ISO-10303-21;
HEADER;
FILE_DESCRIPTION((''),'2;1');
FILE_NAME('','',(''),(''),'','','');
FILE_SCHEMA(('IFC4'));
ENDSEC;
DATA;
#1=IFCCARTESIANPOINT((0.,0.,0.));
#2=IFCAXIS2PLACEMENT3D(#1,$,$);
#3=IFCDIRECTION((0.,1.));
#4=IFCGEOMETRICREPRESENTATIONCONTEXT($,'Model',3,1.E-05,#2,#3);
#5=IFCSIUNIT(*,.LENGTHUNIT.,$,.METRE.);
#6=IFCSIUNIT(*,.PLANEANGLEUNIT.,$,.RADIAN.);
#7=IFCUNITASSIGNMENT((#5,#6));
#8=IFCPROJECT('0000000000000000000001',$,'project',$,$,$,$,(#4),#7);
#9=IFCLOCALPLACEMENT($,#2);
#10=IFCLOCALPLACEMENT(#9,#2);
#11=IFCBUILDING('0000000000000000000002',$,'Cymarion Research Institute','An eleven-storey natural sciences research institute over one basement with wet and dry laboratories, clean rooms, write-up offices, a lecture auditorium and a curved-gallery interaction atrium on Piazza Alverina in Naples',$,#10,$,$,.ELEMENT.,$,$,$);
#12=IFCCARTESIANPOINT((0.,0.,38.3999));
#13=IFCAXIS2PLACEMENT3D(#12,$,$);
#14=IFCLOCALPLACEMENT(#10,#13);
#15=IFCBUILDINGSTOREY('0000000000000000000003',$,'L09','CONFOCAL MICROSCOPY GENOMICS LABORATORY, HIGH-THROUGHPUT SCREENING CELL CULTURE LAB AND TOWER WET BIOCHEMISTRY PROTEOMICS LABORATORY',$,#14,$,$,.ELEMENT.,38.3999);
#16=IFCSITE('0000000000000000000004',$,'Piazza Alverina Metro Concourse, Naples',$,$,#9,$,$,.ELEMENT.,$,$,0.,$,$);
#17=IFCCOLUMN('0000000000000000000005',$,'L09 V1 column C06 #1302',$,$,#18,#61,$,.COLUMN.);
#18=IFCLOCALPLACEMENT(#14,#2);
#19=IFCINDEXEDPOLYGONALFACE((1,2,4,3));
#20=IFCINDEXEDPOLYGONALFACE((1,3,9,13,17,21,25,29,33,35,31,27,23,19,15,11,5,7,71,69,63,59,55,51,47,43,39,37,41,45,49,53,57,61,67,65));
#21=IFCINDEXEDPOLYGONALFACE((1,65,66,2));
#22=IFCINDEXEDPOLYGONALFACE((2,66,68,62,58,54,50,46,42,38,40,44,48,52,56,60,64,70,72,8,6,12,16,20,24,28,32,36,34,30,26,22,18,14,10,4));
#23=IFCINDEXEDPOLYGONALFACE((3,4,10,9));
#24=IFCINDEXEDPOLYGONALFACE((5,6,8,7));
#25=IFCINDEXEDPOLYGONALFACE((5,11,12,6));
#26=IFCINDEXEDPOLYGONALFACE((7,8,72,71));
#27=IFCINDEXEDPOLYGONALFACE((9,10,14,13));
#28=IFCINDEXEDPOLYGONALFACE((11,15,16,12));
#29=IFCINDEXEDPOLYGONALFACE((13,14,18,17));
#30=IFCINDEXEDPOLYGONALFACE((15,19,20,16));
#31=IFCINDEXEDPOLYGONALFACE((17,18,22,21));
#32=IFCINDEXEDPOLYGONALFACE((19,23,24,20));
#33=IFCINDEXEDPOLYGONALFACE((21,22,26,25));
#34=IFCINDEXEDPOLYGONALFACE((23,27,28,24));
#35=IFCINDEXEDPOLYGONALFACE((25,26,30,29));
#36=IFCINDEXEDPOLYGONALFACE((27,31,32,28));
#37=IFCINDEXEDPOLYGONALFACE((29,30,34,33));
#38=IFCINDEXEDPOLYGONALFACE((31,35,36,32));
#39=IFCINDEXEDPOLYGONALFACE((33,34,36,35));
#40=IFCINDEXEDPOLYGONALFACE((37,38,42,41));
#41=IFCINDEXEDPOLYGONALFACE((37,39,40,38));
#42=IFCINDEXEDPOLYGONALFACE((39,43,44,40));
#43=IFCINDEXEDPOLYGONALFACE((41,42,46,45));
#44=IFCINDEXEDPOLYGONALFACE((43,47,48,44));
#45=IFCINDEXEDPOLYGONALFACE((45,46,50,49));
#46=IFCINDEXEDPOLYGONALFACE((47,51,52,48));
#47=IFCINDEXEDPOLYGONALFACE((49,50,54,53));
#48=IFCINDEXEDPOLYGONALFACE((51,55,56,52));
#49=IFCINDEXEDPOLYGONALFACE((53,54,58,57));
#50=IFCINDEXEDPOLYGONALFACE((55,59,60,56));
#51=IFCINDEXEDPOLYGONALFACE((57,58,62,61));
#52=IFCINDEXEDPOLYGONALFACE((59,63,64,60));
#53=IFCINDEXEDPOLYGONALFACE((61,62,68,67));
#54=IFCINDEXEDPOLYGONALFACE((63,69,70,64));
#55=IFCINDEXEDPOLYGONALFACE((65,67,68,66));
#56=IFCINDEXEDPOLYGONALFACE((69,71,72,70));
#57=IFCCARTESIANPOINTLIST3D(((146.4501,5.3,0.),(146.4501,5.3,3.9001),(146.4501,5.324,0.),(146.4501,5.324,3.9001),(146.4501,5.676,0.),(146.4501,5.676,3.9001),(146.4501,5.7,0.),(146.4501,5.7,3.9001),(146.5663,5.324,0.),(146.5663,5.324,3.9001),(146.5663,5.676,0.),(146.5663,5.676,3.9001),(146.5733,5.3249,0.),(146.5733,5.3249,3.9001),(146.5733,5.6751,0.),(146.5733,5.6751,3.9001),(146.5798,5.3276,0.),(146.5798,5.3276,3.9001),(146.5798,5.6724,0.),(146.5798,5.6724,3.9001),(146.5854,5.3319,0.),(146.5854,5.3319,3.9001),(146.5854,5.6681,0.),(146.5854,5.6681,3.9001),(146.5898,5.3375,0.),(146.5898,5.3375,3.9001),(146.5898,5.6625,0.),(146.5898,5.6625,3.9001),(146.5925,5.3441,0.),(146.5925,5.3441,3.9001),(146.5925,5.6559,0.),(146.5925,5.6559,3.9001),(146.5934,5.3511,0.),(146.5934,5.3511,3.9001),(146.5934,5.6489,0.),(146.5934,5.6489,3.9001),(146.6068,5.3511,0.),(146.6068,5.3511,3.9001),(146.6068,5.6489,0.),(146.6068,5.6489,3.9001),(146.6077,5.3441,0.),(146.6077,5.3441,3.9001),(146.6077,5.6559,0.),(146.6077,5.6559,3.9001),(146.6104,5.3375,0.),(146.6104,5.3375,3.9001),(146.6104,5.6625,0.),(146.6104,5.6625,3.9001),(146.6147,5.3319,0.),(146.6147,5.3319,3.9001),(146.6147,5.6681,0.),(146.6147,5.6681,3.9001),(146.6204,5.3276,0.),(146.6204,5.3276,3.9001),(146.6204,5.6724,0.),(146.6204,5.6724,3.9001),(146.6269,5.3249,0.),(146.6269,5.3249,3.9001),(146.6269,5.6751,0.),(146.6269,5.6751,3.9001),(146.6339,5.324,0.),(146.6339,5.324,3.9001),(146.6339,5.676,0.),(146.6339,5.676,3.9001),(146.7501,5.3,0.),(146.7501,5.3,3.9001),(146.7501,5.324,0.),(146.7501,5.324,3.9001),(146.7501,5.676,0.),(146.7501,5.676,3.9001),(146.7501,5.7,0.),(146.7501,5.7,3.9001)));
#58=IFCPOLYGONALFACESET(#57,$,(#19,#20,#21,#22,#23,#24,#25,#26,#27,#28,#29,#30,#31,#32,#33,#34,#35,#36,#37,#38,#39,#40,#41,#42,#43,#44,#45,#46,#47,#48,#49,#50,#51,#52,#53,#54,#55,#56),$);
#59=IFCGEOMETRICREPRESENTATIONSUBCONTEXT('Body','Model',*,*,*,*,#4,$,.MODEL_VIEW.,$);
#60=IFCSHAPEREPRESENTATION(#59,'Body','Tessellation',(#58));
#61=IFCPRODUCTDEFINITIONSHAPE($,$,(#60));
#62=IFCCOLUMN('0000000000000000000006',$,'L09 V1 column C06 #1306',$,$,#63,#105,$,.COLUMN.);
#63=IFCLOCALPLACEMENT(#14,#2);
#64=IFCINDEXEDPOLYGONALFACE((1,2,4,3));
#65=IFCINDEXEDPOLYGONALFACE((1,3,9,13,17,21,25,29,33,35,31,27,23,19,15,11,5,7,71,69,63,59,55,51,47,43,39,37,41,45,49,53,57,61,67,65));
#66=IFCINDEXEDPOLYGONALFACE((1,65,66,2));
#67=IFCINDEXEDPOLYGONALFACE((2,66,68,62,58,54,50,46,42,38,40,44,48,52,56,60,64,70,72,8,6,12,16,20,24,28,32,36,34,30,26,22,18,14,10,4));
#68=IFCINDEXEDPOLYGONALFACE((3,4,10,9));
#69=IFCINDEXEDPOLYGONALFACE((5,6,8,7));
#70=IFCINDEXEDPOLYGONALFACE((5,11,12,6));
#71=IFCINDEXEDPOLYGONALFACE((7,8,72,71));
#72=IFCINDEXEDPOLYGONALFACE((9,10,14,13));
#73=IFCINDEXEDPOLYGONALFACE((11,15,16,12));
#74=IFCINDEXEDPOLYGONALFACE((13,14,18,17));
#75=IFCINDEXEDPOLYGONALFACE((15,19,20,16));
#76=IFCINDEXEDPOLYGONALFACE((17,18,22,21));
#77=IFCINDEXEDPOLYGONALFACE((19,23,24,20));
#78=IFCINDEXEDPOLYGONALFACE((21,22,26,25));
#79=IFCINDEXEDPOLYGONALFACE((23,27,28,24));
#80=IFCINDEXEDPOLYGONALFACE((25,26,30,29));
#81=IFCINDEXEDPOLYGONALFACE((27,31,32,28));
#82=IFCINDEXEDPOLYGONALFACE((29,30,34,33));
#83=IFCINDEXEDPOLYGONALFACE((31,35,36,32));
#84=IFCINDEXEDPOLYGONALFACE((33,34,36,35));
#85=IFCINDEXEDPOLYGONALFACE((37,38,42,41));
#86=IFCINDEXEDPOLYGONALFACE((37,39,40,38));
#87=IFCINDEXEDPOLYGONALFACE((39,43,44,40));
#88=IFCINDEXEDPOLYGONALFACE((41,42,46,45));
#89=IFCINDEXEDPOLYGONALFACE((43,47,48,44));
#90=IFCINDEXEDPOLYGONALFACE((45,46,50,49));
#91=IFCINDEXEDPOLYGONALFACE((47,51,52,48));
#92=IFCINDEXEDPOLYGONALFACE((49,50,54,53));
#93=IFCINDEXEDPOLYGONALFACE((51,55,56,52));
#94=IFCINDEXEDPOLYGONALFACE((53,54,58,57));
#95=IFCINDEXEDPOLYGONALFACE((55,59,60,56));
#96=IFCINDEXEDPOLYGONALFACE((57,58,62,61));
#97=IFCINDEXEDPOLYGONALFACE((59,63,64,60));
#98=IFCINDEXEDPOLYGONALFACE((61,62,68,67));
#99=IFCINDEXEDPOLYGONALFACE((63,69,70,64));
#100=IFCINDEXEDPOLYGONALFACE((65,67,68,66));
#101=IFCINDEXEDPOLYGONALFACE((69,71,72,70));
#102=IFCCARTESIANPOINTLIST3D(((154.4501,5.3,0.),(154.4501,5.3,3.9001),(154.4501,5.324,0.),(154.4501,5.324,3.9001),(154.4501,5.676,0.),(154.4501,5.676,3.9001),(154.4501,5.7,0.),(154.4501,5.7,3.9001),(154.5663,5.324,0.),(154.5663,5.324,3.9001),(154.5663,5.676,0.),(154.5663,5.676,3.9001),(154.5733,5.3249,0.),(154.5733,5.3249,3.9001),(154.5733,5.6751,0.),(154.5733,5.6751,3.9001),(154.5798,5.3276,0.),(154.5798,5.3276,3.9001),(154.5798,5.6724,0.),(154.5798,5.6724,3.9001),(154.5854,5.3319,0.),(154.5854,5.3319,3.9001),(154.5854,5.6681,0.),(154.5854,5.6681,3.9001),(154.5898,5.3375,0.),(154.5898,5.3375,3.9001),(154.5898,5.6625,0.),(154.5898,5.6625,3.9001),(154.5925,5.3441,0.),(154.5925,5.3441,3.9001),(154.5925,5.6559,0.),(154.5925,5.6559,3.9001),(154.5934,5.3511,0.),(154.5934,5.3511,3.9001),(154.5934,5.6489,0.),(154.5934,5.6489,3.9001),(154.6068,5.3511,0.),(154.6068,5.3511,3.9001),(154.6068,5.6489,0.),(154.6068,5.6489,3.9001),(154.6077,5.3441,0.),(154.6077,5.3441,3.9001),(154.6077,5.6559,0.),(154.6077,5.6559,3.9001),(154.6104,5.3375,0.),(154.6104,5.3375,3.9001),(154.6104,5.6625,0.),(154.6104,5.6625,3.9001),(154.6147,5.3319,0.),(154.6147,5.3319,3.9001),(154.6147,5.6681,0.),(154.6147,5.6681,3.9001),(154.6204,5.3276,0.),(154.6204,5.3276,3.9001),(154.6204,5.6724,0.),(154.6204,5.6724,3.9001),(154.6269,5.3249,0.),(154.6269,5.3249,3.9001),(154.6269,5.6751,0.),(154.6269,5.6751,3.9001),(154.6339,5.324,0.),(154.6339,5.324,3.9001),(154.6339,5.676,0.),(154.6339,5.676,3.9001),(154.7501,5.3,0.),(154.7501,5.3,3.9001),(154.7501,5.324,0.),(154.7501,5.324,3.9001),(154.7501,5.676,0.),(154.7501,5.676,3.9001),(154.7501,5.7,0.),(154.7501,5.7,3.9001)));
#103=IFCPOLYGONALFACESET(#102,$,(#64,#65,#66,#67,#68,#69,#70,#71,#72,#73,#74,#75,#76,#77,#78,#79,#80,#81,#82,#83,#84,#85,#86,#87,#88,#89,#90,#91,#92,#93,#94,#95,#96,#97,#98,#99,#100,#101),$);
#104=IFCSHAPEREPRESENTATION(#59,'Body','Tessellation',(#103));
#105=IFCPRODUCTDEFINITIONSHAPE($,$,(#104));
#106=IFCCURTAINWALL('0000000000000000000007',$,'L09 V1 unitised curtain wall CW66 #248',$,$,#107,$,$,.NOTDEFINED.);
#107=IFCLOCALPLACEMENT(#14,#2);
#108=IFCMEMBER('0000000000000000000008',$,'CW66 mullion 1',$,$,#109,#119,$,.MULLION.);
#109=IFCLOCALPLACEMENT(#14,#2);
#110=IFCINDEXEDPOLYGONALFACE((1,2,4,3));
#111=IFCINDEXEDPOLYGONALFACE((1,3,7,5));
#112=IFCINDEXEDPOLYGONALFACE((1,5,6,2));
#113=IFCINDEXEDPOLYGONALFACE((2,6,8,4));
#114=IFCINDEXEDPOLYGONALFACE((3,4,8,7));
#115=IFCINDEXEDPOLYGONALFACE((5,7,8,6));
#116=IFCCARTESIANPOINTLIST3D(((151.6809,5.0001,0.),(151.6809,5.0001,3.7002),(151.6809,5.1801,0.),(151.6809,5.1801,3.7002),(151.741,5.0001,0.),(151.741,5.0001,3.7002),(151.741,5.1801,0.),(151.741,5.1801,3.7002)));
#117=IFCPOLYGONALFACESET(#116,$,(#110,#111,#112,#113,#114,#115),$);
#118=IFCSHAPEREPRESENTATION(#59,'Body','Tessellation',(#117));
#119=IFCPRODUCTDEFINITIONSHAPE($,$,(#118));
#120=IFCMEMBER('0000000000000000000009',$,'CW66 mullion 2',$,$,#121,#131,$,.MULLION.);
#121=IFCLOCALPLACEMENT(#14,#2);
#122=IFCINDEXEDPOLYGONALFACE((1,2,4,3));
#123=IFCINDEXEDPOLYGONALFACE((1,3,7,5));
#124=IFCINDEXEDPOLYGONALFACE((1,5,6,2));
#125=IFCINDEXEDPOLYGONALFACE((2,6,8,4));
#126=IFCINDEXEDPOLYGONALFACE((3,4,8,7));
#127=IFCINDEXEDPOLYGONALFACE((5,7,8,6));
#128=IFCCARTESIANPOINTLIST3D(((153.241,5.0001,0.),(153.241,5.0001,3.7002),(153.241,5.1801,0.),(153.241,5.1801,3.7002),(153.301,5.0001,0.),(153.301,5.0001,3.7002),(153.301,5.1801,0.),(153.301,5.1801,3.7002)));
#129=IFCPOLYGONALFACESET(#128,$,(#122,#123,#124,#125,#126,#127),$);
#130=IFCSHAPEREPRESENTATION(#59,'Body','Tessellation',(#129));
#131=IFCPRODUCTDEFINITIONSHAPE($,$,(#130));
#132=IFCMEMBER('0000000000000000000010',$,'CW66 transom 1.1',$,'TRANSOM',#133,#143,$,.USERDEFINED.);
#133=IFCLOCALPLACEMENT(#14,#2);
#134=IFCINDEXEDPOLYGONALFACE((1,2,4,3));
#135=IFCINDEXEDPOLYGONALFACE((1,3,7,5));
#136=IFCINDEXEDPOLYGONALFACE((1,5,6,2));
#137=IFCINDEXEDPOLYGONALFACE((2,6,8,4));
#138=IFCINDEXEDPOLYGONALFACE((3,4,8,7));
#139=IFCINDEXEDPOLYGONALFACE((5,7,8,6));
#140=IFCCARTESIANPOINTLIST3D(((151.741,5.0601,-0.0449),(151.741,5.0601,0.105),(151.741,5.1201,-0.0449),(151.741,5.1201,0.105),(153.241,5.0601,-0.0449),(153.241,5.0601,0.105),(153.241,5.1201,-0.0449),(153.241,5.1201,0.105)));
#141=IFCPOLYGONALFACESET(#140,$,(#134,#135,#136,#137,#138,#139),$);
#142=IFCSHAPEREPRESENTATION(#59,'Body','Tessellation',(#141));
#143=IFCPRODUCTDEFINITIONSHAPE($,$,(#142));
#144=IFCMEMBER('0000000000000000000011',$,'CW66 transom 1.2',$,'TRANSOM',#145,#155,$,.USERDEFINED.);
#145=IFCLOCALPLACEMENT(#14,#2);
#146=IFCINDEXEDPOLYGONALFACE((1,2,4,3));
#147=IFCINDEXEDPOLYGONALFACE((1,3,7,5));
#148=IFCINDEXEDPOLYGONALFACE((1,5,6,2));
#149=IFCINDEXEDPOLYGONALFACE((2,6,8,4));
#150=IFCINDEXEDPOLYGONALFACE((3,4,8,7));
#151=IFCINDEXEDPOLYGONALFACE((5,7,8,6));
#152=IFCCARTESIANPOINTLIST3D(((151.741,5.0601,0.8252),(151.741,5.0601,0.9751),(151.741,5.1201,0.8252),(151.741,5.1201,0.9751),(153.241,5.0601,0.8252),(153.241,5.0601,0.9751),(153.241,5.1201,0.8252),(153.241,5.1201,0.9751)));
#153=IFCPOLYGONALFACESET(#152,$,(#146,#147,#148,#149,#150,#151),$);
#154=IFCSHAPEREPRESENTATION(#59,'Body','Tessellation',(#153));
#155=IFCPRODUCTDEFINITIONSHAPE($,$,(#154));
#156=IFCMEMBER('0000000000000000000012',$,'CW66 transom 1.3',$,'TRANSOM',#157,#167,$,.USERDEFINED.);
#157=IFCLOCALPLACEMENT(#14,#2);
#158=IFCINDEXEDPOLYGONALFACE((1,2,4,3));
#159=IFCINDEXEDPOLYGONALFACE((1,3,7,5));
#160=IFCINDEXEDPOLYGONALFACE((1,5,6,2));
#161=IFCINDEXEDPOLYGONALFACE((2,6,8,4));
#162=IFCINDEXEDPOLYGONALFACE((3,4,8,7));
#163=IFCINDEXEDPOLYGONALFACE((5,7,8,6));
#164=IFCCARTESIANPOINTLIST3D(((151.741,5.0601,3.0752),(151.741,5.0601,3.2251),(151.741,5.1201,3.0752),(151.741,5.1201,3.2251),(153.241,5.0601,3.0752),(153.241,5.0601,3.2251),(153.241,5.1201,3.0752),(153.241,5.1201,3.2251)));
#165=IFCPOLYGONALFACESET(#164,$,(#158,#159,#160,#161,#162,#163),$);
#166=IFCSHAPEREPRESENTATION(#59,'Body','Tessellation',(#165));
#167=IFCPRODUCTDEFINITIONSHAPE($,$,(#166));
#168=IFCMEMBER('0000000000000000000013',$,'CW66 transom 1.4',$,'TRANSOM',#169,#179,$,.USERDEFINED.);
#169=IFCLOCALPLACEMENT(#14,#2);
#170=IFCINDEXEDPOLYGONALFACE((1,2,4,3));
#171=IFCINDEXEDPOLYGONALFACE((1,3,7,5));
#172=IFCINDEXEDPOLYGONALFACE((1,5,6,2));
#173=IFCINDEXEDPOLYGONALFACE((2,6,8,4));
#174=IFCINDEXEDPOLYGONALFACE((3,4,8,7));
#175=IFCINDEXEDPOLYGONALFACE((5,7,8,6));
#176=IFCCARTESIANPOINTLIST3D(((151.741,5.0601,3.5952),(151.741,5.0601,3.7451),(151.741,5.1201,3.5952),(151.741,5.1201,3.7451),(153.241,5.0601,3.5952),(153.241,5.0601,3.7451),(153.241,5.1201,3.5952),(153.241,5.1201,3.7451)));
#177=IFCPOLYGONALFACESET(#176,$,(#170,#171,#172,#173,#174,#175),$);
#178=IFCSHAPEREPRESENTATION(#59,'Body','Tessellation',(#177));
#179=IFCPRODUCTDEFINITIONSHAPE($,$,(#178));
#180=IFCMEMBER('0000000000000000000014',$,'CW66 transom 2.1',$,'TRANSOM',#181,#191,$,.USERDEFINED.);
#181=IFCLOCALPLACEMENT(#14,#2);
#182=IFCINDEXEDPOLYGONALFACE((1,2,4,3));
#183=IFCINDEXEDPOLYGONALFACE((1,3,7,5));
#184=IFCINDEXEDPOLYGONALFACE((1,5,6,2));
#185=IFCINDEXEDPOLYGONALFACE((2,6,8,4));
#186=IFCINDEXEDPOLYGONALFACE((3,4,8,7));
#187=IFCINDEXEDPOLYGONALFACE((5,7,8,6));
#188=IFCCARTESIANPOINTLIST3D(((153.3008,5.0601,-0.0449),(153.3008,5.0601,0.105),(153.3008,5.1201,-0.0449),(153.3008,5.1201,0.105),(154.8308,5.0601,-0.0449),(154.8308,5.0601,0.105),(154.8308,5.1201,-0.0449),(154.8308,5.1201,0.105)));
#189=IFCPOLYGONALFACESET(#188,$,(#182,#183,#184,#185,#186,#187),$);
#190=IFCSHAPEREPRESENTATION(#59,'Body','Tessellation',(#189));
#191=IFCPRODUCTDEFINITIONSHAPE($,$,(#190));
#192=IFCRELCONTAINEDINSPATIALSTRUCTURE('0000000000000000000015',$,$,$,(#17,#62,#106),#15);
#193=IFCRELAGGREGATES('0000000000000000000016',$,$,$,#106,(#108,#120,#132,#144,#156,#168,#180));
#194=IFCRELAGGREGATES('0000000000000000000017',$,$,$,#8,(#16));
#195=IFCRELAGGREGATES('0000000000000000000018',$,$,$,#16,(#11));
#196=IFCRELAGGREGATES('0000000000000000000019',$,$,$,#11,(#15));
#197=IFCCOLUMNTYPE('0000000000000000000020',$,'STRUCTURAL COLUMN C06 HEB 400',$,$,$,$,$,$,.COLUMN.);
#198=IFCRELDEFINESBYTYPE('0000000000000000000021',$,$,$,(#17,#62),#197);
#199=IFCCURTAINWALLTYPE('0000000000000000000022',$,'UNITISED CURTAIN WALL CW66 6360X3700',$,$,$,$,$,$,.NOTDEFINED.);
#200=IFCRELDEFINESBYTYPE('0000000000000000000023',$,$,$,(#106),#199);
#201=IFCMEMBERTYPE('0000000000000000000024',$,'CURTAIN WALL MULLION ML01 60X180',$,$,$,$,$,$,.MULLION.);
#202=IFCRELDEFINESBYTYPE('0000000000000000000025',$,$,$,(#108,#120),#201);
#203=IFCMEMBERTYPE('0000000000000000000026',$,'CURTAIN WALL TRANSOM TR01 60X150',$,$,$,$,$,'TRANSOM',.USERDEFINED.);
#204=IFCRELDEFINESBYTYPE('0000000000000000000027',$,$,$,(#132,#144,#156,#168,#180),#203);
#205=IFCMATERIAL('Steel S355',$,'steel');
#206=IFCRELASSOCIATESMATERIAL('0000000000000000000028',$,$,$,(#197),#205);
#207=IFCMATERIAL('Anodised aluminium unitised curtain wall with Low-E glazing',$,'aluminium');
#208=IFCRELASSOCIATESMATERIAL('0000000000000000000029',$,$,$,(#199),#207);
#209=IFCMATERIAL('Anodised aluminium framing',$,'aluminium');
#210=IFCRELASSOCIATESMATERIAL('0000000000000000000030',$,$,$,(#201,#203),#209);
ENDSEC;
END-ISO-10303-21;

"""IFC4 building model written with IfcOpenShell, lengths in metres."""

from ifc_helpers import new_model, si_unit, direction, frame, origin, origin_2d, place, context, subcontext, project, spatial, rectangle, i_section, extrude, material, material_profile, profile_set, type_object, element, aggregate, save


model = new_model("IFC4")

# Units and contexts
model_context = context("Model", 3, precision=1e-05, world=origin(), true_north=direction((0.0, 1.0)))
body_context = subcontext(model_context, "Body", "Model", "MODEL_VIEW")
ifc_project = project(units=[si_unit("LENGTHUNIT", "METRE"), si_unit("PLANEANGLEUNIT", "RADIAN")], contexts=[model_context])

# Site, building, storey
site_placement = place(None, origin())
site = spatial("IfcSite", under=ifc_project, at=site_placement, Name="Piazza Alverina Metro Concourse, Naples", CompositionType="ELEMENT", RefElevation=0.0)
building_placement = place(site_placement, origin())
building = spatial("IfcBuilding", under=site, at=building_placement, Name="Cymarion Research Institute", Description="An eleven-storey natural sciences research institute over one basement with wet and dry laboratories, clean rooms, write-up offices, a lecture auditorium and a curved-gallery interaction atrium on Piazza Alverina in Naples", CompositionType="ELEMENT")
storey_placement = place(building_placement, frame((0.0, 0.0, 38.3999)))
storey = spatial("IfcBuildingStorey", under=building, at=storey_placement, Name="L09", Description="CONFOCAL MICROSCOPY GENOMICS LABORATORY, HIGH-THROUGHPUT SCREENING CELL CULTURE LAB AND TOWER WET BIOCHEMISTRY PROTEOMICS LABORATORY", CompositionType="ELEMENT", Elevation=38.3999)

# Columns
ifc_material_1 = material(Name="Steel S355", Category="steel")
ifc_material_profile_1 = material_profile(ifc_material_1, i_section(OverallWidth=0.3, OverallDepth=0.3999, WebThickness=0.0134, FlangeThickness=0.0239, FilletRadius=0.0271, at=origin_2d()), Name="HEB 400")
ifc_profile_set_1 = profile_set([ifc_material_profile_1], Name="Steel S355")
column_type = type_object("IfcColumnType", Name="STRUCTURAL COLUMN C06 HEB 400", PredefinedType="COLUMN", material=ifc_profile_set_1)
for number, where, z_axis, x_axis, name in (
    (1, (146.6001, 5.5, 0.0), (0.0, 0.0, 1.0), (1.0, 0.0, 0.0), "L09 V1 column C06 #1302"),
    (2, (154.6001, 5.5, 0.0), (0.0, 0.0, 1.0), (1.0, 0.0, 0.0), "L09 V1 column C06 #1306"),
):
    element("IfcColumn", number, at=place(storey_placement, frame(where, z_axis=z_axis, x_axis=x_axis)), inside=storey, type_object=column_type, Name=name, PredefinedType="COLUMN", context=body_context, shape_type="SweptSolid", body=[
        extrude(i_section(OverallWidth=0.3, OverallDepth=0.3999, WebThickness=0.0134, FlangeThickness=0.0239, FilletRadius=0.0271, at=origin_2d()), origin(), (0.0, 0.0, 1.0), 3.9001),
    ])

# Curtain wall, members
ifc_material_2 = material(Name="Anodised aluminium unitised curtain wall with Low-E glazing", Category="aluminium")
curtain_wall_type = type_object("IfcCurtainWallType", Name="UNITISED CURTAIN WALL CW66 6360X3700", PredefinedType="NOTDEFINED", material=ifc_material_2)
curtain_wall_placement = place(storey_placement, origin())
curtain_wall = element("IfcCurtainWall", 3, at=curtain_wall_placement, inside=storey, type_object=curtain_wall_type, Name="L09 V1 unitised curtain wall CW66 #248", PredefinedType="NOTDEFINED")
ifc_material_3 = material(Name="Anodised aluminium framing", Category="aluminium")
ifc_material_profile_2 = material_profile(ifc_material_3, rectangle(XDim=0.0601, YDim=0.1799, at=origin_2d()), Name="ALU MULLION 60x180")
ifc_profile_set_2 = profile_set([ifc_material_profile_2], Name="Anodised aluminium framing")
member_type_1 = type_object("IfcMemberType", Name="CURTAIN WALL MULLION ML01 60X180", PredefinedType="MULLION", material=ifc_profile_set_2)
member_1_placement = place(storey_placement, frame((151.7109, 5.0901, 0.0), z_axis=(0.0, 0.0, 1.0), x_axis=(1.0, 0.0, 0.0)))
member_1 = element("IfcMember", 4, at=member_1_placement, type_object=member_type_1, Name="CW66 mullion 1", PredefinedType="MULLION", context=body_context, shape_type="SweptSolid", body=[
    extrude(rectangle(XDim=0.0601, YDim=0.1799, at=origin_2d()), origin(), (0.0, 0.0, 1.0), 3.7002),
])
member_2_placement = place(storey_placement, frame((153.271, 5.0901, 0.0), z_axis=(0.0, 0.0, 1.0), x_axis=(1.0, 0.0, 0.0)))
member_2 = element("IfcMember", 5, at=member_2_placement, type_object=member_type_1, Name="CW66 mullion 2", PredefinedType="MULLION", context=body_context, shape_type="SweptSolid", body=[
    extrude(rectangle(XDim=0.0601, YDim=0.1799, at=origin_2d()), origin(), (0.0, 0.0, 1.0), 3.7002),
])
ifc_material_profile_3 = material_profile(ifc_material_3, rectangle(XDim=0.0601, YDim=0.1499, at=origin_2d()), Name="ALU TRANSOM 60x150")
ifc_profile_set_3 = profile_set([ifc_material_profile_3], Name="Anodised aluminium framing")
member_type_2 = type_object("IfcMemberType", Name="CURTAIN WALL TRANSOM TR01 60X150", ElementType="TRANSOM", PredefinedType="USERDEFINED", material=ifc_profile_set_3)
member_3_placement = place(storey_placement, frame((151.741, 5.0901, 0.03), z_axis=(1.0, 0.0, 0.0), x_axis=(0.0, 1.0, 0.0)))
member_3 = element("IfcMember", 6, at=member_3_placement, type_object=member_type_2, Name="CW66 transom 1.1", ObjectType="TRANSOM", PredefinedType="USERDEFINED", context=body_context, shape_type="SweptSolid", body=[
    extrude(rectangle(XDim=0.0601, YDim=0.1499, at=origin_2d()), origin(), (0.0, 0.0, 1.0), 1.5),
])
member_4_placement = place(storey_placement, frame((151.741, 5.0901, 0.9001), z_axis=(1.0, 0.0, 0.0), x_axis=(0.0, 1.0, 0.0)))
member_4 = element("IfcMember", 7, at=member_4_placement, type_object=member_type_2, Name="CW66 transom 1.2", ObjectType="TRANSOM", PredefinedType="USERDEFINED", context=body_context, shape_type="SweptSolid", body=[
    extrude(rectangle(XDim=0.0601, YDim=0.1499, at=origin_2d()), origin(), (0.0, 0.0, 1.0), 1.5),
])
member_5_placement = place(storey_placement, frame((151.741, 5.0901, 3.1501), z_axis=(1.0, 0.0, 0.0), x_axis=(0.0, 1.0, 0.0)))
member_5 = element("IfcMember", 8, at=member_5_placement, type_object=member_type_2, Name="CW66 transom 1.3", ObjectType="TRANSOM", PredefinedType="USERDEFINED", context=body_context, shape_type="SweptSolid", body=[
    extrude(rectangle(XDim=0.0601, YDim=0.1499, at=origin_2d()), origin(), (0.0, 0.0, 1.0), 1.5),
])
member_6_placement = place(storey_placement, frame((151.741, 5.0901, 3.6702), z_axis=(1.0, 0.0, 0.0), x_axis=(0.0, 1.0, 0.0)))
member_6 = element("IfcMember", 9, at=member_6_placement, type_object=member_type_2, Name="CW66 transom 1.4", ObjectType="TRANSOM", PredefinedType="USERDEFINED", context=body_context, shape_type="SweptSolid", body=[
    extrude(rectangle(XDim=0.0601, YDim=0.1499, at=origin_2d()), origin(), (0.0, 0.0, 1.0), 1.5),
])
member_7_placement = place(storey_placement, frame((153.3008, 5.0901, 0.03), z_axis=(1.0, 0.0, 0.0), x_axis=(0.0, 1.0, 0.0)))
member_7 = element("IfcMember", 10, at=member_7_placement, type_object=member_type_2, Name="CW66 transom 2.1", ObjectType="TRANSOM", PredefinedType="USERDEFINED", context=body_context, shape_type="SweptSolid", body=[
    extrude(rectangle(XDim=0.0601, YDim=0.1499, at=origin_2d()), origin(), (0.0, 0.0, 1.0), 1.53),
])

aggregate(curtain_wall, [member_1, member_2, member_3, member_4, member_5, member_6, member_7])

save(model, "model.ifc")
